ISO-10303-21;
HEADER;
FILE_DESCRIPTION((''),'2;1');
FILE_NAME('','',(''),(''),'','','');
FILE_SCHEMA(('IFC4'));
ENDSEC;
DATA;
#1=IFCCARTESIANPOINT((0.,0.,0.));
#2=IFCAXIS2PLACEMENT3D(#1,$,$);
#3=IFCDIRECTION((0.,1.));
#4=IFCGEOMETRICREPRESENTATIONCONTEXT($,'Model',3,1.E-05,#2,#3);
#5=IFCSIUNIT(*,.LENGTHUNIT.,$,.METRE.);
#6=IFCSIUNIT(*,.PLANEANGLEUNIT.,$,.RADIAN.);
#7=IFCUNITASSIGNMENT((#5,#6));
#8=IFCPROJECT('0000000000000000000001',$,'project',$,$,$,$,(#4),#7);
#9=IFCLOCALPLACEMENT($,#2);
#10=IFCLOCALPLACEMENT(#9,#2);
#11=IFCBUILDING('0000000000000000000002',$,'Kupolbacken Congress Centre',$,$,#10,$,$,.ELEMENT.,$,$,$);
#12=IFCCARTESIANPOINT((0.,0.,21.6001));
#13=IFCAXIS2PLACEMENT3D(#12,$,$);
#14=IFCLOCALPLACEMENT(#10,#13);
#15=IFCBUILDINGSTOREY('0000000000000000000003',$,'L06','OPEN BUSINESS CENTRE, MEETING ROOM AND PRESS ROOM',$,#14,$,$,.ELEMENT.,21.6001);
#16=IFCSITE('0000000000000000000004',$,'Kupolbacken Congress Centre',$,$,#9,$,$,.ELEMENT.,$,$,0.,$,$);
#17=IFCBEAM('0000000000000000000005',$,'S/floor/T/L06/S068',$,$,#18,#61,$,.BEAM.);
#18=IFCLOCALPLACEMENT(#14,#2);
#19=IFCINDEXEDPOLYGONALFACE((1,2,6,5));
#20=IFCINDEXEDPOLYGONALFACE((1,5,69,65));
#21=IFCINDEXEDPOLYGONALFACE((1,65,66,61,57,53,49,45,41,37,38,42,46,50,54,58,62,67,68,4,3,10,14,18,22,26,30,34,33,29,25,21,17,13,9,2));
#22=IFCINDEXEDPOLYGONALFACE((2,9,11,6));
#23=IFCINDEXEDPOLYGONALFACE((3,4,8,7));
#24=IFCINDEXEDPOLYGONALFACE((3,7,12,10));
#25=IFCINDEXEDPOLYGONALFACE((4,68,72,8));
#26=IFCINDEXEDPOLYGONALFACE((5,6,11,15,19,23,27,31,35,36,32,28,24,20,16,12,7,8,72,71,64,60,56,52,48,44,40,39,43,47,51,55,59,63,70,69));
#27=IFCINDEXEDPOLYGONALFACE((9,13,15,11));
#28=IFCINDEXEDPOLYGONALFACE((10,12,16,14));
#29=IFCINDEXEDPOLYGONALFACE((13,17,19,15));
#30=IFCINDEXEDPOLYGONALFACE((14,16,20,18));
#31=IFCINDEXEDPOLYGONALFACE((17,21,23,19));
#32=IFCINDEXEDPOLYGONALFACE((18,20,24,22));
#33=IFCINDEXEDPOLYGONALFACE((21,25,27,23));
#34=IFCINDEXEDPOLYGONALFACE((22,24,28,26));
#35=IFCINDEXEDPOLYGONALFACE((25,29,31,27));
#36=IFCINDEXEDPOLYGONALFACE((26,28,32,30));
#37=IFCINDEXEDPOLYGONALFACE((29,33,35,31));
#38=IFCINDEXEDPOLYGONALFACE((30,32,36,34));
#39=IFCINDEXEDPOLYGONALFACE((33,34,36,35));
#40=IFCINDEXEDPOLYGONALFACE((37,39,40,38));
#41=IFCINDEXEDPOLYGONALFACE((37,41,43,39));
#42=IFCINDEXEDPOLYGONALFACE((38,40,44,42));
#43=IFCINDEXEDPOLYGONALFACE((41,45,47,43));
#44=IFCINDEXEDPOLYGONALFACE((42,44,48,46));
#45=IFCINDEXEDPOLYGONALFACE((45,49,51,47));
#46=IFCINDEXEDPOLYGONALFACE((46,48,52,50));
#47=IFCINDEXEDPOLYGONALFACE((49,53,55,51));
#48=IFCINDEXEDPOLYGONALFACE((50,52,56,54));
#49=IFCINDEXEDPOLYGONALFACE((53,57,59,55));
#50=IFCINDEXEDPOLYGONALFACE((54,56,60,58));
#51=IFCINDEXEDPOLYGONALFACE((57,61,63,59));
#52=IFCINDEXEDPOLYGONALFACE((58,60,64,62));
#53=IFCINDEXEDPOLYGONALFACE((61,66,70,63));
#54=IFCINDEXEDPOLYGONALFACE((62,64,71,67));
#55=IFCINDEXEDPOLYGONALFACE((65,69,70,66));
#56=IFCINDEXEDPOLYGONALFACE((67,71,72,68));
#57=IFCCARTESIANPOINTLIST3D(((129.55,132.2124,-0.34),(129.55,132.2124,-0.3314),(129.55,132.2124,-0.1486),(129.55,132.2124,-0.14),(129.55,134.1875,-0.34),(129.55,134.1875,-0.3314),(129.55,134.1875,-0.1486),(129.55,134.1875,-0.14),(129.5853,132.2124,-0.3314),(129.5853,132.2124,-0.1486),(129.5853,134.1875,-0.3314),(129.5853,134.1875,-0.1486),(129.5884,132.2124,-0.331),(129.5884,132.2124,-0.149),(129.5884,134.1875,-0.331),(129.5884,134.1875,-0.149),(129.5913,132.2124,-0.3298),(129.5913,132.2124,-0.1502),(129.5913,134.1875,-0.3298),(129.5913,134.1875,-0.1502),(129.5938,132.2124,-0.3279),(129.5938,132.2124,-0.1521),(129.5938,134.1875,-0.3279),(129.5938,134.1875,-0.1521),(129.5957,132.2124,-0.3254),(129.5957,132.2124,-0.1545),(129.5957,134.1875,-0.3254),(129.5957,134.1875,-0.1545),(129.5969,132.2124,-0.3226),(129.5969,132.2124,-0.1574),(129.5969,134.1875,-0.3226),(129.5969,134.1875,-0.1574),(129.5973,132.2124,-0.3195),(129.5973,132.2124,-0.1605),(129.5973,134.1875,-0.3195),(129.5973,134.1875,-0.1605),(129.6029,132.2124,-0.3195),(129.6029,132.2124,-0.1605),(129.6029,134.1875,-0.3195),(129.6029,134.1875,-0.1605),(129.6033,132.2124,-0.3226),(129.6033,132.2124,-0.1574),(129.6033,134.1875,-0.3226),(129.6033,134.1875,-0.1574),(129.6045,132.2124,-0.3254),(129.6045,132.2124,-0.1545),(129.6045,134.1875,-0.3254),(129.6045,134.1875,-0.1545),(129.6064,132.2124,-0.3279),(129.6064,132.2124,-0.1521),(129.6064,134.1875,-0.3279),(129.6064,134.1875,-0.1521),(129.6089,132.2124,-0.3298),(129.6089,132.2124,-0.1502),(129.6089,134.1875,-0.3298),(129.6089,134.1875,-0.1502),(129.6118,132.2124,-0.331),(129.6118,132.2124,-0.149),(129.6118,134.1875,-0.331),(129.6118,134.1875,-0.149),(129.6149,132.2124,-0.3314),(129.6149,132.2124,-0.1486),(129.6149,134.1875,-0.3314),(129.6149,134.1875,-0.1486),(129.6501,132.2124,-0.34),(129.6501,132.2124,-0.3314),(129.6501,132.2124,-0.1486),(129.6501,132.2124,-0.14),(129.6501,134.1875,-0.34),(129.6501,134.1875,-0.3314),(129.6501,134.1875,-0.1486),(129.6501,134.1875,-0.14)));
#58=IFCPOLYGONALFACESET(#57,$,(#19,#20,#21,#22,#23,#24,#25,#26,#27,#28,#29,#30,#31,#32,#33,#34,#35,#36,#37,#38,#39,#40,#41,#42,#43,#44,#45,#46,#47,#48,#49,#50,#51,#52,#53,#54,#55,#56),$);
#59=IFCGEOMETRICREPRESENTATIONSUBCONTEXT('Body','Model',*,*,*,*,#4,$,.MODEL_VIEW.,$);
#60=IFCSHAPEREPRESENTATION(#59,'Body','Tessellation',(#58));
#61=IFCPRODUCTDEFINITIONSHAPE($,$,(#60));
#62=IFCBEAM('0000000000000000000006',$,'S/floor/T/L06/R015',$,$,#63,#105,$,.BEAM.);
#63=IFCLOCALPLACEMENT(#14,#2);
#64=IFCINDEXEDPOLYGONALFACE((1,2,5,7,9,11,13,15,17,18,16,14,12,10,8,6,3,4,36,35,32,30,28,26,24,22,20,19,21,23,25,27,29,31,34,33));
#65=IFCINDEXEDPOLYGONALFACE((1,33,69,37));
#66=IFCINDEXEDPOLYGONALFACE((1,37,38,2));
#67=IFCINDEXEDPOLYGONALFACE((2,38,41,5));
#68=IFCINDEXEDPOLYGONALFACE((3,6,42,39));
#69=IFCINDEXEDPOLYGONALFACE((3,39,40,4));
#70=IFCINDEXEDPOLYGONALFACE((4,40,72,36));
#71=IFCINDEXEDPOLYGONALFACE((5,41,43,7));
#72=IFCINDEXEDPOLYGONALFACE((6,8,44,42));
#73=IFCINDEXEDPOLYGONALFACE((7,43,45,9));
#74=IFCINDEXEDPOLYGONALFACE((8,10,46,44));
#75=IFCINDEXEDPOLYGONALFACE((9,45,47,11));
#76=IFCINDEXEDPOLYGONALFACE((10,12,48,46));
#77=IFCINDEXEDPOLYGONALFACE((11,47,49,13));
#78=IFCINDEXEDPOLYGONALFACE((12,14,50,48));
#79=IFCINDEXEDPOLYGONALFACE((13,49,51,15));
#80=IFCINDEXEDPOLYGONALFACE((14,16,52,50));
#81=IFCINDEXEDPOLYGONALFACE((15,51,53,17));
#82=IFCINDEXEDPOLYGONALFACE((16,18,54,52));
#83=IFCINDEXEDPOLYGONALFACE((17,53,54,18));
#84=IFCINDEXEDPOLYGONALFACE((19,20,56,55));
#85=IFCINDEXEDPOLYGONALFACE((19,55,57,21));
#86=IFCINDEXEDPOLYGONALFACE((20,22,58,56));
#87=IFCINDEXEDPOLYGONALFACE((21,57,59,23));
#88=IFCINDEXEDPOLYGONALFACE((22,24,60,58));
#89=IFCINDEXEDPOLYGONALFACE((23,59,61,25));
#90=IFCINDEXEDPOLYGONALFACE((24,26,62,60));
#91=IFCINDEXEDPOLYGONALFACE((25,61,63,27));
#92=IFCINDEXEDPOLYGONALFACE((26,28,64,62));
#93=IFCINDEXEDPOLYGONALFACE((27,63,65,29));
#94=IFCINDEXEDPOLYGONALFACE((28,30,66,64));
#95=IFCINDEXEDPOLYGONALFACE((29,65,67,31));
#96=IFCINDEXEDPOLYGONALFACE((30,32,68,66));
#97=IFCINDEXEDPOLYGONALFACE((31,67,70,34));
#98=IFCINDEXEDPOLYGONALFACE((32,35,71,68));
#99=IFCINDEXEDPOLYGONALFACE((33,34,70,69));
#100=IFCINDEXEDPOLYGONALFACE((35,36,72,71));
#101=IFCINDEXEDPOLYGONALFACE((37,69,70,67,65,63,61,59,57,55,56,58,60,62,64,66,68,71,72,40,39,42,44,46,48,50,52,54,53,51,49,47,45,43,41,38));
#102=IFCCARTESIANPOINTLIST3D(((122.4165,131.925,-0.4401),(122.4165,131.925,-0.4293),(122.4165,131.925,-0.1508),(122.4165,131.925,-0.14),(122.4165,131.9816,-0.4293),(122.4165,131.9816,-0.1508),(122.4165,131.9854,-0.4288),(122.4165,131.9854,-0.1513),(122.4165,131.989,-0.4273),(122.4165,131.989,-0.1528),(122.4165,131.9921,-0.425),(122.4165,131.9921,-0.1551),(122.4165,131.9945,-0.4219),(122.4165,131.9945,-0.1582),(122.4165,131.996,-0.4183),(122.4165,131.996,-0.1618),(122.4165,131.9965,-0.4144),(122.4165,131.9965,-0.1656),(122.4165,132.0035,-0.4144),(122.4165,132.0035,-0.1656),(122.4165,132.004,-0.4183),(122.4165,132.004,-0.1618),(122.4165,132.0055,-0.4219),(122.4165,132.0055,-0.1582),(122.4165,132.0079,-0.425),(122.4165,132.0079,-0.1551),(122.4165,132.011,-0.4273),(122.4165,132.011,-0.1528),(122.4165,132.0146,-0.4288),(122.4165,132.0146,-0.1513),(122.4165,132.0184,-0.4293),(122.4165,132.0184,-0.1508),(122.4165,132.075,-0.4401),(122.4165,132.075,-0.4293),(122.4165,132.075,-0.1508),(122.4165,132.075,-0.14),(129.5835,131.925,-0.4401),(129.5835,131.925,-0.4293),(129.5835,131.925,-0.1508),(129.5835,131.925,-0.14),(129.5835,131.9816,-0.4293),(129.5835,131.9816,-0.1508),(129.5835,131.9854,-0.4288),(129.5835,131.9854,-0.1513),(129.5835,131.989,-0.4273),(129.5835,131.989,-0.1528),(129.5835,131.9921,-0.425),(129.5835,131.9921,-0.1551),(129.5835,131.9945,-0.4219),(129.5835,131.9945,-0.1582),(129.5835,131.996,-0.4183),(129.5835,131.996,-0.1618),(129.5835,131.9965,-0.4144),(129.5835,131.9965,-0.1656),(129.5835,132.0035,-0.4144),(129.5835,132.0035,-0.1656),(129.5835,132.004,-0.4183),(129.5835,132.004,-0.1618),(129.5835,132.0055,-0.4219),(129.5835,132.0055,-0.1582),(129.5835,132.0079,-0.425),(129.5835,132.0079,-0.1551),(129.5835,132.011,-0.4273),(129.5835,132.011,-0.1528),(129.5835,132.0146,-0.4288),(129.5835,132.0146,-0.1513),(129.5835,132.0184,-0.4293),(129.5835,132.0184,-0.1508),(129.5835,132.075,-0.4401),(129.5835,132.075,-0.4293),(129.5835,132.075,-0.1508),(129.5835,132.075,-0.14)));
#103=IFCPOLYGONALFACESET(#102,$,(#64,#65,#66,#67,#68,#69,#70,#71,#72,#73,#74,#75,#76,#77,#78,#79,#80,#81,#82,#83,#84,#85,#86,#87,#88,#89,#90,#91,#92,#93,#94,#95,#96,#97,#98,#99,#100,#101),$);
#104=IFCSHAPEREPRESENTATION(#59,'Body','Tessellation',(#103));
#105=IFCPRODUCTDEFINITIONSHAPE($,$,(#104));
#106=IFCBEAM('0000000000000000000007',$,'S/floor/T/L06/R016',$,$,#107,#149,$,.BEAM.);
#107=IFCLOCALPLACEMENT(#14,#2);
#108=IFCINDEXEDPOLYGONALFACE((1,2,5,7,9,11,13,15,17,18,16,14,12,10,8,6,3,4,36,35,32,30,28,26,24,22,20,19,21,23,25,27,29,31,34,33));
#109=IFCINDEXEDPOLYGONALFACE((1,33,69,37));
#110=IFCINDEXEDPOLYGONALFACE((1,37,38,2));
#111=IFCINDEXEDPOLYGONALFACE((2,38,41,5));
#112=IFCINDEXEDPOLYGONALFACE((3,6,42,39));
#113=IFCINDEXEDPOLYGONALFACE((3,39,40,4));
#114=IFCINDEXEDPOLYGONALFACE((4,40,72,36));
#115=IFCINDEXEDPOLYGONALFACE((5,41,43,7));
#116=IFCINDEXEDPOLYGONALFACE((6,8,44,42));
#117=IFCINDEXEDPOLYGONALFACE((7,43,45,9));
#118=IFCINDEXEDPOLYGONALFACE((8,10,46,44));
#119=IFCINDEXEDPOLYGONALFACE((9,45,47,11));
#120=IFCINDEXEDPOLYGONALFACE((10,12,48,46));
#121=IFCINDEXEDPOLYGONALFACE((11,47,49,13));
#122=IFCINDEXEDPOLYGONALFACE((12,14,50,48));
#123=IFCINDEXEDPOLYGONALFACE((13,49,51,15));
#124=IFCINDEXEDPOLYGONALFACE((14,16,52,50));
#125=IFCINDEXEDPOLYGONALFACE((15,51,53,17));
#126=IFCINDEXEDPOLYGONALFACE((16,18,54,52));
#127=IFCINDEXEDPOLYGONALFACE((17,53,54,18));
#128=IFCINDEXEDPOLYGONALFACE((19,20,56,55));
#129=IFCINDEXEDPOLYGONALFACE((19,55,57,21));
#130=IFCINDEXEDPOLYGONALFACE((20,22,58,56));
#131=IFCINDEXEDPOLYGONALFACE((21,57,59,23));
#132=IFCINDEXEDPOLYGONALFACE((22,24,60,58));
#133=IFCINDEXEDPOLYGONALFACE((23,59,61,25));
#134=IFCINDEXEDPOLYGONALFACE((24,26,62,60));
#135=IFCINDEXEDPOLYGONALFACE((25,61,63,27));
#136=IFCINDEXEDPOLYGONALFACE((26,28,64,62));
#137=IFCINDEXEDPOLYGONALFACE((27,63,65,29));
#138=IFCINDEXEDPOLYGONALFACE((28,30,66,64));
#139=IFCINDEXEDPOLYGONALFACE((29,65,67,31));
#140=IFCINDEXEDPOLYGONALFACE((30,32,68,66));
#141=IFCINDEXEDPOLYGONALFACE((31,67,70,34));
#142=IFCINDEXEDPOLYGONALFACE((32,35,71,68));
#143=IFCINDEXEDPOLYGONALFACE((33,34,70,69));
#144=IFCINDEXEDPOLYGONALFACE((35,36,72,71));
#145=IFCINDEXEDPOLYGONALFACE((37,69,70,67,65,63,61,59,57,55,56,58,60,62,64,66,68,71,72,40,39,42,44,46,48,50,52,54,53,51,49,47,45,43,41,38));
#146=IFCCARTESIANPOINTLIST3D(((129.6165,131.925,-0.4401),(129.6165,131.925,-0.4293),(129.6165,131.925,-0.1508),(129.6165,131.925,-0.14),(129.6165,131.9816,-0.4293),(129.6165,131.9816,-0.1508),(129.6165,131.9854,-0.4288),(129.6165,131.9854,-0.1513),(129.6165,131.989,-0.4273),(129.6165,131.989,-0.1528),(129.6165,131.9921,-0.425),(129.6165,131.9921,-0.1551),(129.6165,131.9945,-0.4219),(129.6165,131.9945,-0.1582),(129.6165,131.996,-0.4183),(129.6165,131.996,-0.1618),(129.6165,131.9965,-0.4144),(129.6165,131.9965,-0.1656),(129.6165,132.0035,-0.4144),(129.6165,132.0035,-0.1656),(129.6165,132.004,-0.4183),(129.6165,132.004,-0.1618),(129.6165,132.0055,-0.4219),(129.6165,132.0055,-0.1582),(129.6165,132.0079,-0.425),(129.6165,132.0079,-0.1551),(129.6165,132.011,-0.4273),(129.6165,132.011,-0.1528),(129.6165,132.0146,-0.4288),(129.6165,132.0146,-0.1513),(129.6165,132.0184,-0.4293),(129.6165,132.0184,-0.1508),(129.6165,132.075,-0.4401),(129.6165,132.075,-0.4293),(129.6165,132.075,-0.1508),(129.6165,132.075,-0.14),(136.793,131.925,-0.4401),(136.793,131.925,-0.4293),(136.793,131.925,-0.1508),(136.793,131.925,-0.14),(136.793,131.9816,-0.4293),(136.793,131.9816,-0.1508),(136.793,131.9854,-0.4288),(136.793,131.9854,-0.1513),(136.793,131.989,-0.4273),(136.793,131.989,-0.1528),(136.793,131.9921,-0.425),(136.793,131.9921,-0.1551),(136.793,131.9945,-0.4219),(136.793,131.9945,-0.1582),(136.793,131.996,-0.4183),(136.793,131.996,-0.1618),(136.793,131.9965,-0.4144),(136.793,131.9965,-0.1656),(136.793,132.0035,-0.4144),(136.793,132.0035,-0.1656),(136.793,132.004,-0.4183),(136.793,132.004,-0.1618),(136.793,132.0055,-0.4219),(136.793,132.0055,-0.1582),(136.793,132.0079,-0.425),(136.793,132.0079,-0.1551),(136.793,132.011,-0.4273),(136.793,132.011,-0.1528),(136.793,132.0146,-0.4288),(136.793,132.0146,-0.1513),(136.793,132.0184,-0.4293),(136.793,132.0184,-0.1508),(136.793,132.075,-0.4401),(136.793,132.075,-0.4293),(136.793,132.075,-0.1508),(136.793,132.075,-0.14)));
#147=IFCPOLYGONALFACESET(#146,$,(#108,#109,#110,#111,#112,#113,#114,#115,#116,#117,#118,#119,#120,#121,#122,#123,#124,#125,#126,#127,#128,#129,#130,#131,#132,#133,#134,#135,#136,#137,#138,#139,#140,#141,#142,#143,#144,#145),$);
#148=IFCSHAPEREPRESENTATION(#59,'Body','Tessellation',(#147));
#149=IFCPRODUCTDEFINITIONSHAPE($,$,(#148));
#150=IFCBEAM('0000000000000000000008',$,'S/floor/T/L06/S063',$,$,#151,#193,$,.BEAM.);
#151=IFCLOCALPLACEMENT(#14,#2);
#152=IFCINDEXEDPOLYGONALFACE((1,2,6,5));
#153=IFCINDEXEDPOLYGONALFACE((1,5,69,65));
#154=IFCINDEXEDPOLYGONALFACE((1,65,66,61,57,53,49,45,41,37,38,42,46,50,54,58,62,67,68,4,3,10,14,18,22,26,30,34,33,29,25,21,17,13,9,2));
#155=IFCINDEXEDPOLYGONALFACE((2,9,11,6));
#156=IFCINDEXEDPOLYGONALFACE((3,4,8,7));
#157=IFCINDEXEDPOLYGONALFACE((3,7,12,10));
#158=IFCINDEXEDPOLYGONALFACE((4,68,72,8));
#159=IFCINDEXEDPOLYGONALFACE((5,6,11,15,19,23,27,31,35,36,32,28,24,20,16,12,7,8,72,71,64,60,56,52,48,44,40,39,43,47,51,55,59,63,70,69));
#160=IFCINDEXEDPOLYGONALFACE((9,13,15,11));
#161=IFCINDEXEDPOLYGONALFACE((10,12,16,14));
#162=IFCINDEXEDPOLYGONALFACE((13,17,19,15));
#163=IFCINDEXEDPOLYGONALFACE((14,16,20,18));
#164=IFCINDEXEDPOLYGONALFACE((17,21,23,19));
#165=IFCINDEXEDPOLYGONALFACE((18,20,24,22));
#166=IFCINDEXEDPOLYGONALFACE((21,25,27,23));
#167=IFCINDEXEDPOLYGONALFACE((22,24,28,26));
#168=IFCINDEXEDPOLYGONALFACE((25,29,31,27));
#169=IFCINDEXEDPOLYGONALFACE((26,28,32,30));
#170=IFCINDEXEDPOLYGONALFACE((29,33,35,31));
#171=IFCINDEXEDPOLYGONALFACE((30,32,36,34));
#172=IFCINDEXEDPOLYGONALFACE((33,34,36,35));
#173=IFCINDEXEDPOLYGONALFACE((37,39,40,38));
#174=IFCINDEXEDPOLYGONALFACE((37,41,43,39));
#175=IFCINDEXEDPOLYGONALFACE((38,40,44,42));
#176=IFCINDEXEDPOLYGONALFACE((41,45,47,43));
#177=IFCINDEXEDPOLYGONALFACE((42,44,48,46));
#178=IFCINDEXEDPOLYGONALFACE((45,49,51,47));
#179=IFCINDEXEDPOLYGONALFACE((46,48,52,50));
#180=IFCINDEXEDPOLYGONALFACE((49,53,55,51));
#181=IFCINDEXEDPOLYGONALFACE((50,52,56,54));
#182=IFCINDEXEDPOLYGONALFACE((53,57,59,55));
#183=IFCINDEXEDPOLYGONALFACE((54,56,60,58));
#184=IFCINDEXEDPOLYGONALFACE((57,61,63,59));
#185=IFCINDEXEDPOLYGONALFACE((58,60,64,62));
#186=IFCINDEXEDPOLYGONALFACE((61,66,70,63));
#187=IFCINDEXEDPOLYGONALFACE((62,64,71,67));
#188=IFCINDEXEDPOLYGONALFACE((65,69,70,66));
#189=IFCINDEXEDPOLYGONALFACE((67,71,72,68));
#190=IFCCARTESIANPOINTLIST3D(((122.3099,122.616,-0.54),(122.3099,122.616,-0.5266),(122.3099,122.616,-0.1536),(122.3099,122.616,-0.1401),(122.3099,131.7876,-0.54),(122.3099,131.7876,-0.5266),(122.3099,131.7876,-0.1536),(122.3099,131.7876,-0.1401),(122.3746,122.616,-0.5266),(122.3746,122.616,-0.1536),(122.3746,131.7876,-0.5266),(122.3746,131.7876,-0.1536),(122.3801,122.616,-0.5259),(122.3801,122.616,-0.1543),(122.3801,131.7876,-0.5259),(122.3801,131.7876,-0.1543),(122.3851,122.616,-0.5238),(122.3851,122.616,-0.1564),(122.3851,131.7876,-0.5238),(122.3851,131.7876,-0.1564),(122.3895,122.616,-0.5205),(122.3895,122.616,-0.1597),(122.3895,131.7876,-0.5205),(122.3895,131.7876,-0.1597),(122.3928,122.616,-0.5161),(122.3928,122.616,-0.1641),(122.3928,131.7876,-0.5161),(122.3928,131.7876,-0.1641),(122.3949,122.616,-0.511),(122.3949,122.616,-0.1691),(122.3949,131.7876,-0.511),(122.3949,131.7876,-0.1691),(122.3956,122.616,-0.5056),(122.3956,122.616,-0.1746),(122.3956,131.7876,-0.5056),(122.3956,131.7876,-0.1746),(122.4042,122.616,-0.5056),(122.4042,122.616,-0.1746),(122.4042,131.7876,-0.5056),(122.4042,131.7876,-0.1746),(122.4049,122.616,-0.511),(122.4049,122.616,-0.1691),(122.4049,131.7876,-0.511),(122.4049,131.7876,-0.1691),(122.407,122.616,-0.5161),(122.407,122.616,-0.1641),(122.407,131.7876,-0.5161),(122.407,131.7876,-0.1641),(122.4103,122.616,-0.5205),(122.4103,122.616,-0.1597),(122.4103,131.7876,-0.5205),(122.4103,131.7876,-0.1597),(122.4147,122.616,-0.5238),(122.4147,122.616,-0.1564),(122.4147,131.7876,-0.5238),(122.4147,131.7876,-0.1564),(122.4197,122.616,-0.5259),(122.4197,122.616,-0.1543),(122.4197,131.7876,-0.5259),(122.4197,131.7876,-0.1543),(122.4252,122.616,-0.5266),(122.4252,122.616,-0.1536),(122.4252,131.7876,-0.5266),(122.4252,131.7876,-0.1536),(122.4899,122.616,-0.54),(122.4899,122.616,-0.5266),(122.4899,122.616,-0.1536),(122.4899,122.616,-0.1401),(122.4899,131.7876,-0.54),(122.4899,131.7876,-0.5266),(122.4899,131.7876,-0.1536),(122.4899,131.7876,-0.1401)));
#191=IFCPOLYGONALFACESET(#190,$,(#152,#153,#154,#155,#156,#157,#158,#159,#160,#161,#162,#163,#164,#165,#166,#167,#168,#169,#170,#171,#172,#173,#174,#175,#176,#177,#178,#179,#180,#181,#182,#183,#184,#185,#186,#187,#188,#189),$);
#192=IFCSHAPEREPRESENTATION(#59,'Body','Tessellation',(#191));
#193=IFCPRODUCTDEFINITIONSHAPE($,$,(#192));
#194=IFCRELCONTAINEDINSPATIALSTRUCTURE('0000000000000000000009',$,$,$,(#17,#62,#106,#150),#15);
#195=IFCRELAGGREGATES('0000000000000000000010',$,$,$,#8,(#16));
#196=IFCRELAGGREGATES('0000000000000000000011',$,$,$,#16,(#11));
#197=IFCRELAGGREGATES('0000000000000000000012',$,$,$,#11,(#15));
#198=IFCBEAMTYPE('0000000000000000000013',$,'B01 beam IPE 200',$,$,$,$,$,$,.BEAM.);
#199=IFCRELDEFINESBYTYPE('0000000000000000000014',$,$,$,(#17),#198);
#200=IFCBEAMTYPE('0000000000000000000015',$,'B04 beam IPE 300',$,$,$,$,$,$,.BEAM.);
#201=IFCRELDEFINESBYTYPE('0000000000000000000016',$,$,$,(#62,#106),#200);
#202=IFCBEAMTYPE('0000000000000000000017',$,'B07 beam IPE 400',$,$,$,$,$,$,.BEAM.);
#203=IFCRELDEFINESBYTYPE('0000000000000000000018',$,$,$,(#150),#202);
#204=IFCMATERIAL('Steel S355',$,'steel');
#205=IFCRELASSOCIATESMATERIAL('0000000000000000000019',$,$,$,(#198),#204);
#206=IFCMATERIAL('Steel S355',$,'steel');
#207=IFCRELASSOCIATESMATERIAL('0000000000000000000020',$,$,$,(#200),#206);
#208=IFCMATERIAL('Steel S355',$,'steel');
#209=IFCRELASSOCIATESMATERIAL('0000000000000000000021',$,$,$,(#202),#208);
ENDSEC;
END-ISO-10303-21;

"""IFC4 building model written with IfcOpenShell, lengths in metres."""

from ifc_helpers import new_model, si_unit, direction, frame, origin, origin_2d, place, context, subcontext, project, spatial, i_section, extrude, material, material_profile, profile_set, type_object, element, save


model = new_model("IFC4")

# Units and contexts
model_context = context("Model", 3, precision=1e-05, world=origin(), true_north=direction((0.0, 1.0)))
body_context = subcontext(model_context, "Body", "Model", "MODEL_VIEW")
ifc_project = project(units=[si_unit("LENGTHUNIT", "METRE"), si_unit("PLANEANGLEUNIT", "RADIAN")], contexts=[model_context])

# Site, building, storey
site_placement = place(None, origin())
site = spatial("IfcSite", under=ifc_project, at=site_placement, Name="Kupolbacken Congress Centre", CompositionType="ELEMENT", RefElevation=0.0)
building_placement = place(site_placement, origin())
building = spatial("IfcBuilding", under=site, at=building_placement, Name="Kupolbacken Congress Centre", CompositionType="ELEMENT")
storey_placement = place(building_placement, frame((0.0, 0.0, 21.6001)))
storey = spatial("IfcBuildingStorey", under=building, at=storey_placement, Name="L06", Description="OPEN BUSINESS CENTRE, MEETING ROOM AND PRESS ROOM", CompositionType="ELEMENT", Elevation=21.6001)

# Beams
ifc_material_1 = material(Name="Steel S355", Category="steel")
ifc_material_profile_1 = material_profile(ifc_material_1, i_section(OverallWidth=0.1001, OverallDepth=0.2, WebThickness=0.0056, FlangeThickness=0.0085, FilletRadius=0.012, at=origin_2d()), Name="IPE 200")
ifc_profile_set_1 = profile_set([ifc_material_profile_1], Name="Steel S355")
beam_type_1 = type_object("IfcBeamType", Name="B01 beam IPE 200", PredefinedType="BEAM", material=ifc_profile_set_1)
beam_1_placement = place(storey_placement, frame((129.6001, 132.2124, -0.24), z_axis=(0.0, 1.0, 0.0), x_axis=(-1.0, 0.0, 0.0)))
element("IfcBeam", 1, at=beam_1_placement, inside=storey, type_object=beam_type_1, Name="S/floor/T/L06/S068", PredefinedType="BEAM", context=body_context, shape_type="SweptSolid", body=[
    extrude(i_section(OverallWidth=0.1001, OverallDepth=0.2, WebThickness=0.0056, FlangeThickness=0.0085, FilletRadius=0.012, at=origin_2d()), origin(), (0.0, 0.0, 1.0), 1.9751),
])
ifc_material_2 = material(Name="Steel S355", Category="steel")
ifc_material_profile_2 = material_profile(ifc_material_2, i_section(OverallWidth=0.1499, OverallDepth=0.3, WebThickness=0.0071, FlangeThickness=0.0107, FilletRadius=0.0149, at=origin_2d()), Name="IPE 300")
ifc_profile_set_2 = profile_set([ifc_material_profile_2], Name="Steel S355")
beam_type_2 = type_object("IfcBeamType", Name="B04 beam IPE 300", PredefinedType="BEAM", material=ifc_profile_set_2)
beam_2_placement = place(storey_placement, frame((122.4165, 132.0, -0.29), z_axis=(1.0, 0.0, 0.0), x_axis=(0.0, 1.0, 0.0)))
element("IfcBeam", 2, at=beam_2_placement, inside=storey, type_object=beam_type_2, Name="S/floor/T/L06/R015", PredefinedType="BEAM", context=body_context, shape_type="SweptSolid", body=[
    extrude(i_section(OverallWidth=0.1499, OverallDepth=0.3, WebThickness=0.0071, FlangeThickness=0.0107, FilletRadius=0.0149, at=origin_2d()), origin(), (0.0, 0.0, 1.0), 7.167),
])
beam_3_placement = place(storey_placement, frame((129.6165, 132.0, -0.29), z_axis=(1.0, 0.0, 0.0), x_axis=(0.0, 1.0, 0.0)))
element("IfcBeam", 3, at=beam_3_placement, inside=storey, type_object=beam_type_2, Name="S/floor/T/L06/R016", PredefinedType="BEAM", context=body_context, shape_type="SweptSolid", body=[
    extrude(i_section(OverallWidth=0.1499, OverallDepth=0.3, WebThickness=0.0071, FlangeThickness=0.0107, FilletRadius=0.0149, at=origin_2d()), origin(), (0.0, 0.0, 1.0), 7.1765),
])
ifc_material_3 = material(Name="Steel S355", Category="steel")
ifc_material_profile_3 = material_profile(ifc_material_3, i_section(OverallWidth=0.1799, OverallDepth=0.3999, WebThickness=0.0085, FlangeThickness=0.0134, FilletRadius=0.021, at=origin_2d()), Name="IPE 400")
ifc_profile_set_3 = profile_set([ifc_material_profile_3], Name="Steel S355")
beam_type_3 = type_object("IfcBeamType", Name="B07 beam IPE 400", PredefinedType="BEAM", material=ifc_profile_set_3)
beam_4_placement = place(storey_placement, frame((122.3999, 122.616, -0.3401), z_axis=(0.0, 1.0, 0.0), x_axis=(-1.0, 0.0, 0.0)))
element("IfcBeam", 4, at=beam_4_placement, inside=storey, type_object=beam_type_3, Name="S/floor/T/L06/S063", PredefinedType="BEAM", context=body_context, shape_type="SweptSolid", body=[
    extrude(i_section(OverallWidth=0.1799, OverallDepth=0.3999, WebThickness=0.0085, FlangeThickness=0.0134, FilletRadius=0.021, at=origin_2d()), origin(), (0.0, 0.0, 1.0), 9.1716),
])

save(model, "model.ifc")
